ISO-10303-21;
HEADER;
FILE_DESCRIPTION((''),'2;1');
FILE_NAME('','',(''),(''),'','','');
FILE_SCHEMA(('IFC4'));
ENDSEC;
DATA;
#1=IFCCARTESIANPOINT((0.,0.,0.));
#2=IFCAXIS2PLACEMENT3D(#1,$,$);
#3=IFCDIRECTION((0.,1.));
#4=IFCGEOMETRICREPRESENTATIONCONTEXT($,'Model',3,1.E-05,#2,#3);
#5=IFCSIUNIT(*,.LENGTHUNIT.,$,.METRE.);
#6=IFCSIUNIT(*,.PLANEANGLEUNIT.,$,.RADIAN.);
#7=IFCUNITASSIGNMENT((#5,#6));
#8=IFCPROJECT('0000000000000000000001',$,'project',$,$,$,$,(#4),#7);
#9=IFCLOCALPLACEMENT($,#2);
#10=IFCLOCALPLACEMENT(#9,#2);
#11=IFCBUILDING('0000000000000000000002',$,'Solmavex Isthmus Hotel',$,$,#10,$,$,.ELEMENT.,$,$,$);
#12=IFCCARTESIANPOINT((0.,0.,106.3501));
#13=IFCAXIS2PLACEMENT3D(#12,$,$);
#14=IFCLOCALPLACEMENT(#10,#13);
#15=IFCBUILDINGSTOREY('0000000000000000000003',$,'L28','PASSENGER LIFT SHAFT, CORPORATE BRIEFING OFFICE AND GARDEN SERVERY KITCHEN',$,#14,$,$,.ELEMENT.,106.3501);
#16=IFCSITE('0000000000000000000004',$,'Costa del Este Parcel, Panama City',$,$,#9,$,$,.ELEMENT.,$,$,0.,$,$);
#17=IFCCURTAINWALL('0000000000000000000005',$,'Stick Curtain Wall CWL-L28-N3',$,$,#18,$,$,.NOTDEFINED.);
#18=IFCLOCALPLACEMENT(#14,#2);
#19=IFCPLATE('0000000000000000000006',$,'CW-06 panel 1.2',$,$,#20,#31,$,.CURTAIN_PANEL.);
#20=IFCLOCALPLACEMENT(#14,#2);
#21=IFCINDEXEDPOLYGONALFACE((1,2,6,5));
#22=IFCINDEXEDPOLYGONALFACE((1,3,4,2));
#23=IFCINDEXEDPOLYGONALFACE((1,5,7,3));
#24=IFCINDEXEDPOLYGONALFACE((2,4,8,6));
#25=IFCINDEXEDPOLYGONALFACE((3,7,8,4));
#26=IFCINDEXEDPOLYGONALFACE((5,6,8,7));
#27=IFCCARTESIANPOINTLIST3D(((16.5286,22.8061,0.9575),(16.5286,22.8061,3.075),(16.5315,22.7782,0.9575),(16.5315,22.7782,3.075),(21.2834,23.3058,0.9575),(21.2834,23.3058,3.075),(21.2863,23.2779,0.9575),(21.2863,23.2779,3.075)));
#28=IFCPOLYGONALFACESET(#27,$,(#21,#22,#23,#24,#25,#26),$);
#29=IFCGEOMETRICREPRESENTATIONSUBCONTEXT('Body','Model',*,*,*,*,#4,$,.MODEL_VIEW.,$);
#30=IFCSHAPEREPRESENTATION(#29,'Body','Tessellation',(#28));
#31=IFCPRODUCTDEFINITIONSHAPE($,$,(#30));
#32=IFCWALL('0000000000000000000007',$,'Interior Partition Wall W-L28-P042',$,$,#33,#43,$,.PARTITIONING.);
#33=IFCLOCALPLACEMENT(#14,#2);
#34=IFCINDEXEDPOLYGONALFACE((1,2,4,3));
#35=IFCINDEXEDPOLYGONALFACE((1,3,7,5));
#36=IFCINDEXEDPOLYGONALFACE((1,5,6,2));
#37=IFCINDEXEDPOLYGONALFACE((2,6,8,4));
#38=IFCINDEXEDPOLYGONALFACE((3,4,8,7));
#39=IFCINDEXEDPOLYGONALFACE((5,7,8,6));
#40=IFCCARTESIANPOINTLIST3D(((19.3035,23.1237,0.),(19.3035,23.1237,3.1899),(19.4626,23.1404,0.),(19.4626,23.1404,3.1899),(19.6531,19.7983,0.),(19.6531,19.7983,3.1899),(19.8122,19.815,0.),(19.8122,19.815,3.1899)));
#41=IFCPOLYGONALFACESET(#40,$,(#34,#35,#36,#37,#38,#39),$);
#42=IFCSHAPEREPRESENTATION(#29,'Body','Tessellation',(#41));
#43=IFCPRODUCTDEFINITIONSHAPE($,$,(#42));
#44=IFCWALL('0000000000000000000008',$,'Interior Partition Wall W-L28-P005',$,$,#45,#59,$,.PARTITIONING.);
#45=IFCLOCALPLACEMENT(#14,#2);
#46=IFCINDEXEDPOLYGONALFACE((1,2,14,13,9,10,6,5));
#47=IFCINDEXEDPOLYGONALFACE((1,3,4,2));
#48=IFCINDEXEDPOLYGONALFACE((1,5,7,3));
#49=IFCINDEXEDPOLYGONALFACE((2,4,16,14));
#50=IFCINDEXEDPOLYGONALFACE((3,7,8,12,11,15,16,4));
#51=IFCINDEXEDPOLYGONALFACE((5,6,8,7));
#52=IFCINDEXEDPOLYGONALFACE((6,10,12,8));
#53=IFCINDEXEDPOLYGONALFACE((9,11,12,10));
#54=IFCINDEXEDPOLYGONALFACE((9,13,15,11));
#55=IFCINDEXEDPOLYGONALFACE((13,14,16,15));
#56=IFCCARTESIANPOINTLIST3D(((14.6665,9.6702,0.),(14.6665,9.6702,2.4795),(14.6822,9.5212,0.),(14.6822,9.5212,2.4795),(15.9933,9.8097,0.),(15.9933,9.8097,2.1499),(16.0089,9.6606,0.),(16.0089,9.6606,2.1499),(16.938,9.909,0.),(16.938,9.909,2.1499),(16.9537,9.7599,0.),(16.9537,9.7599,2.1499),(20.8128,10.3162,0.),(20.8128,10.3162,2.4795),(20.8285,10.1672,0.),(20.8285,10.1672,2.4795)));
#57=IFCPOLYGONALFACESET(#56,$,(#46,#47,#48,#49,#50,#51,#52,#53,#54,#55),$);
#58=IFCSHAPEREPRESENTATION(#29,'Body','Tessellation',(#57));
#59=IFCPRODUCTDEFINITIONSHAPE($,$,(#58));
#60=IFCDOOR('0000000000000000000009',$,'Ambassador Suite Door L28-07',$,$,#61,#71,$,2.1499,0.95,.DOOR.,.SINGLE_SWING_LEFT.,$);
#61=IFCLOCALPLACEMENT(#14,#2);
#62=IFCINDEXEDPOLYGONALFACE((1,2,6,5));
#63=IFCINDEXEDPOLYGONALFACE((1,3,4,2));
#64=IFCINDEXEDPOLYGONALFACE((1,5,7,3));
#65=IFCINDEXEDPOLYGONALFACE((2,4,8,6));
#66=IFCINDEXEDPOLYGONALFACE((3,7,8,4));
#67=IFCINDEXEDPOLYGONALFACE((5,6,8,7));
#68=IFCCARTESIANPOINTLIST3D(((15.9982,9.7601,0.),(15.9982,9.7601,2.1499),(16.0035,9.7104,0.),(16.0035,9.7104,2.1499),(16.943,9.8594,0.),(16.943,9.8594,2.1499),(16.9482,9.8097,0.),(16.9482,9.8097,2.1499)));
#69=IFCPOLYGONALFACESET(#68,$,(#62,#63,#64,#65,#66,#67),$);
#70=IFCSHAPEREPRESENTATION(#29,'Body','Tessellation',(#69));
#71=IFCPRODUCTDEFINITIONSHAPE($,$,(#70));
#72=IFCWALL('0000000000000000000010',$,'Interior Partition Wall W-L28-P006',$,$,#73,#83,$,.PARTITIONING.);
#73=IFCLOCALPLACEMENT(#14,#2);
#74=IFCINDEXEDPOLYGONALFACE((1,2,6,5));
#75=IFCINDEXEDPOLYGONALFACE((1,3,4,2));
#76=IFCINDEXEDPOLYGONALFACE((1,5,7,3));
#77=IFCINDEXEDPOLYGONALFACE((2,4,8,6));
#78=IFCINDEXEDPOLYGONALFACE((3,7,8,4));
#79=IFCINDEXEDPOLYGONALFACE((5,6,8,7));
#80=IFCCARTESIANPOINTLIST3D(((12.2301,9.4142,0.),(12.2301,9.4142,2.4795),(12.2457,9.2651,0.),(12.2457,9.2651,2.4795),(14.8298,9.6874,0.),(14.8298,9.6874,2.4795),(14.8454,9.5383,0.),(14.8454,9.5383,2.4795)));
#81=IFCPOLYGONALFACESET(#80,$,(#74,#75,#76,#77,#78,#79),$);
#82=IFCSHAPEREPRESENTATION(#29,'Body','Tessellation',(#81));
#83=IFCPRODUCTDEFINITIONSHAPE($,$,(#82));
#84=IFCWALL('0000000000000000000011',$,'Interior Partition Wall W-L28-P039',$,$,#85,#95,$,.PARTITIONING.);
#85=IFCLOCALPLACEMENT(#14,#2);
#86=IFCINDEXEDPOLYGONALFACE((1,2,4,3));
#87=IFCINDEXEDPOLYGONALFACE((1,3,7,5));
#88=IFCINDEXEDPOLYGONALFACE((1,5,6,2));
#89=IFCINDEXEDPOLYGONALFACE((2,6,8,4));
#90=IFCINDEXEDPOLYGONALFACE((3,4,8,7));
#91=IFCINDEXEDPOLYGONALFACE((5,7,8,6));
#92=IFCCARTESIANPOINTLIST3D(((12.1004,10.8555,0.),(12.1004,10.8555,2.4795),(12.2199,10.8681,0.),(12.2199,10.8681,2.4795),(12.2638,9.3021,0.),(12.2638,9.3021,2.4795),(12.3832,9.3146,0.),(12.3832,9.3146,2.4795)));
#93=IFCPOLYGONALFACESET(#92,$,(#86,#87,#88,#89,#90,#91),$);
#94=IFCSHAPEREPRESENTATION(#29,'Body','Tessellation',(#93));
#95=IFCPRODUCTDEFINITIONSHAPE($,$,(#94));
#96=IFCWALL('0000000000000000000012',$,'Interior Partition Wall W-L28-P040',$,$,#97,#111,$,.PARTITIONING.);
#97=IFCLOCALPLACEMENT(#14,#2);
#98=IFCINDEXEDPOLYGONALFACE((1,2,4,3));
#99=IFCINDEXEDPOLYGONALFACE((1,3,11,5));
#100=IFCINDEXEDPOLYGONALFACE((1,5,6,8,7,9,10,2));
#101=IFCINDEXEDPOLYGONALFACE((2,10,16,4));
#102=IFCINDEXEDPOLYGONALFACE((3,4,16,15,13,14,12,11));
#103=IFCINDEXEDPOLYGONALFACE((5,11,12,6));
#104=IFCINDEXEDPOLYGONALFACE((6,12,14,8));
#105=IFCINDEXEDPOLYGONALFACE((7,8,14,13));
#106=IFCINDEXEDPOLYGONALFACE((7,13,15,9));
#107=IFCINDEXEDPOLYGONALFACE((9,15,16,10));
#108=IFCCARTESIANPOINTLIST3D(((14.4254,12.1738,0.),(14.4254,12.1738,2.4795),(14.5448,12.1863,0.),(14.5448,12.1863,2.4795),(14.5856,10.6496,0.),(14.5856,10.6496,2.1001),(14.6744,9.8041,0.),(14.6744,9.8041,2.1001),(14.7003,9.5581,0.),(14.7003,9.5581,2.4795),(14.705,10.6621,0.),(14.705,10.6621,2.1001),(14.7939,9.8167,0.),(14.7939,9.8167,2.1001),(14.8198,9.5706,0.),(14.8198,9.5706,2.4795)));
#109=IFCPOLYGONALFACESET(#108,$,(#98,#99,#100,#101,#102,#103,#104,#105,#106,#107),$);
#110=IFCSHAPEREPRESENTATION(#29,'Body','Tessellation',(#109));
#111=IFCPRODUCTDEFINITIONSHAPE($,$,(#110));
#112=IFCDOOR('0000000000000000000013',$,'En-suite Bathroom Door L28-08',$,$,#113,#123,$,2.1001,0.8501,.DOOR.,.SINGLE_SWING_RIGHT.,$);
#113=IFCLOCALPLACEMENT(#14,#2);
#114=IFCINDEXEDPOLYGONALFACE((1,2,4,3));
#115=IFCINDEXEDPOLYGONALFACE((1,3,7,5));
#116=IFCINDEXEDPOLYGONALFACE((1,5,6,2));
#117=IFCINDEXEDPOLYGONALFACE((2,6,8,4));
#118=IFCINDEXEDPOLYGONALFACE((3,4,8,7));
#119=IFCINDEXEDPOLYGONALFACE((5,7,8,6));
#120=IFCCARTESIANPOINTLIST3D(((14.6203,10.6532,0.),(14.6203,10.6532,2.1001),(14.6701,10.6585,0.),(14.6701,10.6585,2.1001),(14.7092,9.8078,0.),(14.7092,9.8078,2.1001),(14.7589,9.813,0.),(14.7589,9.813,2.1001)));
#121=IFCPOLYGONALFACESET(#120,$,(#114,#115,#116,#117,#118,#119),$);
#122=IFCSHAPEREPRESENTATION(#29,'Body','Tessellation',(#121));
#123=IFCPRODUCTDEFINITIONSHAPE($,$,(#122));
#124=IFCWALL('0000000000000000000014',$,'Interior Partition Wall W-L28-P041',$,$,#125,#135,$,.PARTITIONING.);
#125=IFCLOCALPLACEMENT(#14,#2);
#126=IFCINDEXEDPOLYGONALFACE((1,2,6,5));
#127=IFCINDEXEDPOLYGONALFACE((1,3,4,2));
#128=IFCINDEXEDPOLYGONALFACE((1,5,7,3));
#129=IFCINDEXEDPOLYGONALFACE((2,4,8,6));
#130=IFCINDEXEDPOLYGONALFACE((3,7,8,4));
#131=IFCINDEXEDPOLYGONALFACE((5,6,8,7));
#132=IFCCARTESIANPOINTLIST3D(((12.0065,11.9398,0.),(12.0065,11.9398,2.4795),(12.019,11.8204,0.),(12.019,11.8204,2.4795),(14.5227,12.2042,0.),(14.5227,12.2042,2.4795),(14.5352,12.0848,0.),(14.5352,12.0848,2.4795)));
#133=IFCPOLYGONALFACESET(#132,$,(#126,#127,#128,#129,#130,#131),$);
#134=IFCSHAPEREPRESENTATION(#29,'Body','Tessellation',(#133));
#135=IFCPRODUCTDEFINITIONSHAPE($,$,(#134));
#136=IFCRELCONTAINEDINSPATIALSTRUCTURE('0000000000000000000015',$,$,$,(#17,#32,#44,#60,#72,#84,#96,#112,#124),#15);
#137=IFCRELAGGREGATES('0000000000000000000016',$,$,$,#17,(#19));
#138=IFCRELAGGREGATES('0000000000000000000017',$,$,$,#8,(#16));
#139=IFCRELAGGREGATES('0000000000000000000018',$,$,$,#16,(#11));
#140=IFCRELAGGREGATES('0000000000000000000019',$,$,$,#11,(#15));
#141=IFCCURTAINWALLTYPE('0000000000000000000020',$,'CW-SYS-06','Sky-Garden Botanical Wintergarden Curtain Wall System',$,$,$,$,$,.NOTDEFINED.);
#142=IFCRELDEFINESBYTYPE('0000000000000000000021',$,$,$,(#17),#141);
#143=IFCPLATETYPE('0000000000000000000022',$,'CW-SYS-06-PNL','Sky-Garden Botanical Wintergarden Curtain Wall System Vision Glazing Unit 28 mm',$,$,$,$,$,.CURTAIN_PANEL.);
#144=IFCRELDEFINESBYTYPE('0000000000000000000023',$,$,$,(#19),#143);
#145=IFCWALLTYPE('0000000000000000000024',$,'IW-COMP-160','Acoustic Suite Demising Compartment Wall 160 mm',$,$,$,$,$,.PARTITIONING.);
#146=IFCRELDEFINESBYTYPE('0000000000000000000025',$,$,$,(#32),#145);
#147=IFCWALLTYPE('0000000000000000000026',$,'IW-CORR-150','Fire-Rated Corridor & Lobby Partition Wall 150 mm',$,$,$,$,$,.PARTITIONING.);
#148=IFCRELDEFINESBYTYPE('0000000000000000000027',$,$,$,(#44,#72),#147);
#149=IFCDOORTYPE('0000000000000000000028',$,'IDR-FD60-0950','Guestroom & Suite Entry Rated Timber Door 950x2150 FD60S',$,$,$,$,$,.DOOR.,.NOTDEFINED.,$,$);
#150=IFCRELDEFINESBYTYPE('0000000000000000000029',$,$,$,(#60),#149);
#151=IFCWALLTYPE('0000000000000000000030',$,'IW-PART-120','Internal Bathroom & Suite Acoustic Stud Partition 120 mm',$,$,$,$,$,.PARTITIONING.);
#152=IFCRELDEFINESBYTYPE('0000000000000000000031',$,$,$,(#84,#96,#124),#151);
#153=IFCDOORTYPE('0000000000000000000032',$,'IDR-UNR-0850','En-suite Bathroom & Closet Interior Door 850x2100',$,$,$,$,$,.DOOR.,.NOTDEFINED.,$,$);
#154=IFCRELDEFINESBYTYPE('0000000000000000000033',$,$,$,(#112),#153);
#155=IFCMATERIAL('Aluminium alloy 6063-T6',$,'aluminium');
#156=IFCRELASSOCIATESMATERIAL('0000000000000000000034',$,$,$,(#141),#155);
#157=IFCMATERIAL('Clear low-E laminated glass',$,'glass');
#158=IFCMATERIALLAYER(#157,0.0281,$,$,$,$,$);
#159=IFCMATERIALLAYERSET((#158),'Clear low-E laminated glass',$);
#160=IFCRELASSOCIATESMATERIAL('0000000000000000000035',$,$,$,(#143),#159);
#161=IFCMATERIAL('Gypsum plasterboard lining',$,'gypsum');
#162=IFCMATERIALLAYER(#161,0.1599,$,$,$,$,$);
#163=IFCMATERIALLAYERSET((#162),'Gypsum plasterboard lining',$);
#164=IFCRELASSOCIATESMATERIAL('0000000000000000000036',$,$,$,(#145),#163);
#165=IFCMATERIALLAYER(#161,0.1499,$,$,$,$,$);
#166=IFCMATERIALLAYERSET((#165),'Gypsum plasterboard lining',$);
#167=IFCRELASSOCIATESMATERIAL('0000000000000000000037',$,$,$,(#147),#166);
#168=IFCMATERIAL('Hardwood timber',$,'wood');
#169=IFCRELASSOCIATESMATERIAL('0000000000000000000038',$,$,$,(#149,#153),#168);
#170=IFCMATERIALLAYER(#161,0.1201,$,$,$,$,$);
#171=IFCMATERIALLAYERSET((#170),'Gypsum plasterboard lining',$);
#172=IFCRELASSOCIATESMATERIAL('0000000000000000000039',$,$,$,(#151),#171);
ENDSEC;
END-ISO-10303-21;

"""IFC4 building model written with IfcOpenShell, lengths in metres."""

from ifc_helpers import new_model, si_unit, direction, frame, frame_2d, origin, origin_2d, place, context, subcontext, project, spatial, rectangle, extrude, material, layer, layer_set, type_object, element, fill, aggregate, save


model = new_model("IFC4")

# Units and contexts
model_context = context("Model", 3, precision=1e-05, world=origin(), true_north=direction((0.0, 1.0)))
body_context = subcontext(model_context, "Body", "Model", "MODEL_VIEW")
ifc_project = project(units=[si_unit("LENGTHUNIT", "METRE"), si_unit("PLANEANGLEUNIT", "RADIAN")], contexts=[model_context])

# Site, building, storey
site_placement = place(None, origin())
site = spatial("IfcSite", under=ifc_project, at=site_placement, Name="Costa del Este Parcel, Panama City", CompositionType="ELEMENT", RefElevation=0.0)
building_placement = place(site_placement, origin())
building = spatial("IfcBuilding", under=site, at=building_placement, Name="Solmavex Isthmus Hotel", CompositionType="ELEMENT")
storey_placement = place(building_placement, frame((0.0, 0.0, 106.3501)))
storey = spatial("IfcBuildingStorey", under=building, at=storey_placement, Name="L28", Description="PASSENGER LIFT SHAFT, CORPORATE BRIEFING OFFICE AND GARDEN SERVERY KITCHEN", CompositionType="ELEMENT", Elevation=106.3501)

# Shared definitions
ifc_material_1 = material(Name="Aluminium alloy 6063-T6", Category="aluminium")
curtain_wall_type = type_object("IfcCurtainWallType", Name="CW-SYS-06", Description="Sky-Garden Botanical Wintergarden Curtain Wall System", PredefinedType="NOTDEFINED", material=ifc_material_1)

# Curtain wall, plate
curtain_wall_1_placement = place(storey_placement, origin())
curtain_wall_1 = element("IfcCurtainWall", 1, at=curtain_wall_1_placement, inside=storey, type_object=curtain_wall_type, Name="Stick Curtain Wall CWL-L28-N3", PredefinedType="NOTDEFINED")
ifc_material_2 = material(Name="Clear low-E laminated glass", Category="glass")
ifc_layer_1 = layer(ifc_material_2, 0.0281)
ifc_layer_set_1 = layer_set([ifc_layer_1], Name="Clear low-E laminated glass")
plate_type = type_object("IfcPlateType", Name="CW-SYS-06-PNL", Description="Sky-Garden Botanical Wintergarden Curtain Wall System Vision Glazing Unit 28 mm", PredefinedType="CURTAIN_PANEL", material=ifc_layer_set_1)
plate_1_placement = place(storey_placement, frame((18.9075, 23.042, 0.9575), z_axis=(0.0, 0.0, 1.0), x_axis=(0.994522, 0.104528, 0.0)))
plate_1 = element("IfcPlate", 2, at=plate_1_placement, type_object=plate_type, Name="CW-06 panel 1.2", PredefinedType="CURTAIN_PANEL", context=body_context, shape_type="SweptSolid", body=[
    extrude(rectangle(XDim=4.781, YDim=0.0281, at=origin_2d()), origin(), (0.0, 0.0, 1.0), 2.1174),
])
aggregate(curtain_wall_1, [plate_1])

# Wall
ifc_material_3 = material(Name="Gypsum plasterboard lining", Category="gypsum")
ifc_layer_2 = layer(ifc_material_3, 0.1599)
ifc_layer_set_2 = layer_set([ifc_layer_2], Name="Gypsum plasterboard lining")
wall_type_1 = type_object("IfcWallType", Name="IW-COMP-160", Description="Acoustic Suite Demising Compartment Wall 160 mm", PredefinedType="PARTITIONING", material=ifc_layer_set_2)
wall_1_placement = place(storey_placement, frame((19.3831, 23.1321, 0.0), z_axis=(0.0, 0.0, 1.0), x_axis=(0.104556, -0.994519, 0.0)))
element("IfcWall", 3, at=wall_1_placement, inside=storey, type_object=wall_type_1, Name="Interior Partition Wall W-L28-P042", PredefinedType="PARTITIONING", context=body_context, shape_type="SweptSolid", body=[
    extrude(rectangle(XDim=3.3438, YDim=0.1599, at=frame_2d((1.6719, 0.0))), origin(), (0.0, 0.0, 1.0), 3.1899),
])

# Wall, opening, door
ifc_layer_3 = layer(ifc_material_3, 0.1499)
ifc_layer_set_3 = layer_set([ifc_layer_3], Name="Gypsum plasterboard lining")
wall_type_2 = type_object("IfcWallType", Name="IW-CORR-150", Description="Fire-Rated Corridor & Lobby Partition Wall 150 mm", PredefinedType="PARTITIONING", material=ifc_layer_set_3)
wall_2_placement = place(storey_placement, frame((14.6743, 9.5957, 0.0), z_axis=(0.0, 0.0, 1.0), x_axis=(0.994522, 0.104528, 0.0)))
wall_2 = element("IfcWall", 4, at=wall_2_placement, inside=storey, type_object=wall_type_2, Name="Interior Partition Wall W-L28-P005", PredefinedType="PARTITIONING", context=body_context, shape_type="SweptSolid", body=[
    extrude(rectangle(XDim=6.1802, YDim=0.1499, at=frame_2d((3.0901, 0.0))), origin(), (0.0, 0.0, 1.0), 2.4795),
])
opening_1_placement = place(wall_2_placement, frame((1.334, 0.0, 0.0)))
opening_1 = element("IfcOpeningElement", 5, at=opening_1_placement, cuts=wall_2, PredefinedType="OPENING", context=body_context, shape_type="SweptSolid", body=[
    extrude(rectangle(XDim=0.95, YDim=2.1499, at=frame_2d((0.4751, 1.075))), frame((0.0, 0.085, 0.0), z_axis=(0.0, -1.0, 0.0), x_axis=(1.0, 0.0, 0.0)), (0.0, 0.0, 1.0), 0.1699),
])
ifc_material_4 = material(Name="Hardwood timber", Category="wood")
door_type_1 = type_object("IfcDoorType", Name="IDR-FD60-0950", Description="Guestroom & Suite Entry Rated Timber Door 950x2150 FD60S", OperationType="NOTDEFINED", PredefinedType="DOOR", material=ifc_material_4)
door_1_placement = place(opening_1_placement, frame((0.95, 0.0, 0.0), z_axis=(0.0, 0.0, 1.0), x_axis=(-1.0, 0.0, 0.0)))
door_1 = element("IfcDoor", 6, at=door_1_placement, inside=storey, type_object=door_type_1, Name="Ambassador Suite Door L28-07", OperationType="SINGLE_SWING_LEFT", OverallHeight=2.1499, OverallWidth=0.95, PredefinedType="DOOR", context=body_context, shape_type="SweptSolid", body=[
    extrude(rectangle(XDim=0.95, YDim=2.1499, at=frame_2d((0.4751, 1.075))), frame((0.0, 0.0249, 0.0), z_axis=(0.0, -1.0, 0.0), x_axis=(1.0, 0.0, 0.0)), (0.0, 0.0, 1.0), 0.05),
])
fill(opening_1, door_1)

# Walls
wall_3_placement = place(storey_placement, frame((12.2378, 9.3396, 0.0), z_axis=(0.0, 0.0, 1.0), x_axis=(0.994523, 0.104515, 0.0)))
element("IfcWall", 7, at=wall_3_placement, inside=storey, type_object=wall_type_2, Name="Interior Partition Wall W-L28-P006", PredefinedType="PARTITIONING", context=body_context, shape_type="SweptSolid", body=[
    extrude(rectangle(XDim=2.614, YDim=0.1499, at=frame_2d((1.3071, 0.0))), origin(), (0.0, 0.0, 1.0), 2.4795),
])
ifc_layer_4 = layer(ifc_material_3, 0.1201)
ifc_layer_set_4 = layer_set([ifc_layer_4], Name="Gypsum plasterboard lining")
wall_type_3 = type_object("IfcWallType", Name="IW-PART-120", Description="Internal Bathroom & Suite Acoustic Stud Partition 120 mm", PredefinedType="PARTITIONING", material=ifc_layer_set_4)
wall_4_placement = place(storey_placement, frame((12.1602, 10.8618, 0.0), z_axis=(0.0, 0.0, 1.0), x_axis=(0.104563, -0.994518, 0.0)))
element("IfcWall", 8, at=wall_4_placement, inside=storey, type_object=wall_type_3, Name="Interior Partition Wall W-L28-P039", PredefinedType="PARTITIONING", context=body_context, shape_type="SweptSolid", body=[
    extrude(rectangle(XDim=1.562, YDim=0.1201, at=frame_2d((0.781, 0.0))), origin(), (0.0, 0.0, 1.0), 2.4795),
])

# Wall, opening, door
wall_5_placement = place(storey_placement, frame((14.76, 9.5645, 0.0), z_axis=(0.0, 0.0, 1.0), x_axis=(-0.10452, 0.994523, 0.0)))
wall_5 = element("IfcWall", 9, at=wall_5_placement, inside=storey, type_object=wall_type_3, Name="Interior Partition Wall W-L28-P040", PredefinedType="PARTITIONING", context=body_context, shape_type="SweptSolid", body=[
    extrude(rectangle(XDim=2.6301, YDim=0.1201, at=frame_2d((1.3149, 0.0))), origin(), (0.0, 0.0, 1.0), 2.4795),
])
opening_2_placement = place(wall_5_placement, frame((0.2473, 0.0, 0.0)))
opening_2 = element("IfcOpeningElement", 10, at=opening_2_placement, cuts=wall_5, PredefinedType="OPENING", context=body_context, shape_type="SweptSolid", body=[
    extrude(rectangle(XDim=0.8501, YDim=2.1001, at=frame_2d((0.425, 1.05))), frame((0.0, 0.0701, 0.0), z_axis=(0.0, -1.0, 0.0), x_axis=(1.0, 0.0, 0.0)), (0.0, 0.0, 1.0), 0.1401),
])
door_type_2 = type_object("IfcDoorType", Name="IDR-UNR-0850", Description="En-suite Bathroom & Closet Interior Door 850x2100", OperationType="NOTDEFINED", PredefinedType="DOOR", material=ifc_material_4)
door_2_placement = place(opening_2_placement, frame((0.8501, 0.0, 0.0), z_axis=(0.0, 0.0, 1.0), x_axis=(-1.0, 0.0, 0.0)))
door_2 = element("IfcDoor", 11, at=door_2_placement, inside=storey, type_object=door_type_2, Name="En-suite Bathroom Door L28-08", OperationType="SINGLE_SWING_RIGHT", OverallHeight=2.1001, OverallWidth=0.8501, PredefinedType="DOOR", context=body_context, shape_type="SweptSolid", body=[
    extrude(rectangle(XDim=0.8501, YDim=2.1001, at=frame_2d((0.425, 1.05))), frame((0.0, 0.0249, 0.0), z_axis=(0.0, -1.0, 0.0), x_axis=(1.0, 0.0, 0.0)), (0.0, 0.0, 1.0), 0.05),
])
fill(opening_2, door_2)

# Wall
wall_6_placement = place(storey_placement, frame((14.5291, 12.1445, 0.0), z_axis=(0.0, 0.0, 1.0), x_axis=(-0.994524, -0.104509, 0.0)))
element("IfcWall", 12, at=wall_6_placement, inside=storey, type_object=wall_type_3, Name="Interior Partition Wall W-L28-P041", PredefinedType="PARTITIONING", context=body_context, shape_type="SweptSolid", body=[
    extrude(rectangle(XDim=2.53, YDim=0.1201, at=frame_2d((1.2651, 0.0))), origin(), (0.0, 0.0, 1.0), 2.4795),
])

save(model, "model.ifc")
